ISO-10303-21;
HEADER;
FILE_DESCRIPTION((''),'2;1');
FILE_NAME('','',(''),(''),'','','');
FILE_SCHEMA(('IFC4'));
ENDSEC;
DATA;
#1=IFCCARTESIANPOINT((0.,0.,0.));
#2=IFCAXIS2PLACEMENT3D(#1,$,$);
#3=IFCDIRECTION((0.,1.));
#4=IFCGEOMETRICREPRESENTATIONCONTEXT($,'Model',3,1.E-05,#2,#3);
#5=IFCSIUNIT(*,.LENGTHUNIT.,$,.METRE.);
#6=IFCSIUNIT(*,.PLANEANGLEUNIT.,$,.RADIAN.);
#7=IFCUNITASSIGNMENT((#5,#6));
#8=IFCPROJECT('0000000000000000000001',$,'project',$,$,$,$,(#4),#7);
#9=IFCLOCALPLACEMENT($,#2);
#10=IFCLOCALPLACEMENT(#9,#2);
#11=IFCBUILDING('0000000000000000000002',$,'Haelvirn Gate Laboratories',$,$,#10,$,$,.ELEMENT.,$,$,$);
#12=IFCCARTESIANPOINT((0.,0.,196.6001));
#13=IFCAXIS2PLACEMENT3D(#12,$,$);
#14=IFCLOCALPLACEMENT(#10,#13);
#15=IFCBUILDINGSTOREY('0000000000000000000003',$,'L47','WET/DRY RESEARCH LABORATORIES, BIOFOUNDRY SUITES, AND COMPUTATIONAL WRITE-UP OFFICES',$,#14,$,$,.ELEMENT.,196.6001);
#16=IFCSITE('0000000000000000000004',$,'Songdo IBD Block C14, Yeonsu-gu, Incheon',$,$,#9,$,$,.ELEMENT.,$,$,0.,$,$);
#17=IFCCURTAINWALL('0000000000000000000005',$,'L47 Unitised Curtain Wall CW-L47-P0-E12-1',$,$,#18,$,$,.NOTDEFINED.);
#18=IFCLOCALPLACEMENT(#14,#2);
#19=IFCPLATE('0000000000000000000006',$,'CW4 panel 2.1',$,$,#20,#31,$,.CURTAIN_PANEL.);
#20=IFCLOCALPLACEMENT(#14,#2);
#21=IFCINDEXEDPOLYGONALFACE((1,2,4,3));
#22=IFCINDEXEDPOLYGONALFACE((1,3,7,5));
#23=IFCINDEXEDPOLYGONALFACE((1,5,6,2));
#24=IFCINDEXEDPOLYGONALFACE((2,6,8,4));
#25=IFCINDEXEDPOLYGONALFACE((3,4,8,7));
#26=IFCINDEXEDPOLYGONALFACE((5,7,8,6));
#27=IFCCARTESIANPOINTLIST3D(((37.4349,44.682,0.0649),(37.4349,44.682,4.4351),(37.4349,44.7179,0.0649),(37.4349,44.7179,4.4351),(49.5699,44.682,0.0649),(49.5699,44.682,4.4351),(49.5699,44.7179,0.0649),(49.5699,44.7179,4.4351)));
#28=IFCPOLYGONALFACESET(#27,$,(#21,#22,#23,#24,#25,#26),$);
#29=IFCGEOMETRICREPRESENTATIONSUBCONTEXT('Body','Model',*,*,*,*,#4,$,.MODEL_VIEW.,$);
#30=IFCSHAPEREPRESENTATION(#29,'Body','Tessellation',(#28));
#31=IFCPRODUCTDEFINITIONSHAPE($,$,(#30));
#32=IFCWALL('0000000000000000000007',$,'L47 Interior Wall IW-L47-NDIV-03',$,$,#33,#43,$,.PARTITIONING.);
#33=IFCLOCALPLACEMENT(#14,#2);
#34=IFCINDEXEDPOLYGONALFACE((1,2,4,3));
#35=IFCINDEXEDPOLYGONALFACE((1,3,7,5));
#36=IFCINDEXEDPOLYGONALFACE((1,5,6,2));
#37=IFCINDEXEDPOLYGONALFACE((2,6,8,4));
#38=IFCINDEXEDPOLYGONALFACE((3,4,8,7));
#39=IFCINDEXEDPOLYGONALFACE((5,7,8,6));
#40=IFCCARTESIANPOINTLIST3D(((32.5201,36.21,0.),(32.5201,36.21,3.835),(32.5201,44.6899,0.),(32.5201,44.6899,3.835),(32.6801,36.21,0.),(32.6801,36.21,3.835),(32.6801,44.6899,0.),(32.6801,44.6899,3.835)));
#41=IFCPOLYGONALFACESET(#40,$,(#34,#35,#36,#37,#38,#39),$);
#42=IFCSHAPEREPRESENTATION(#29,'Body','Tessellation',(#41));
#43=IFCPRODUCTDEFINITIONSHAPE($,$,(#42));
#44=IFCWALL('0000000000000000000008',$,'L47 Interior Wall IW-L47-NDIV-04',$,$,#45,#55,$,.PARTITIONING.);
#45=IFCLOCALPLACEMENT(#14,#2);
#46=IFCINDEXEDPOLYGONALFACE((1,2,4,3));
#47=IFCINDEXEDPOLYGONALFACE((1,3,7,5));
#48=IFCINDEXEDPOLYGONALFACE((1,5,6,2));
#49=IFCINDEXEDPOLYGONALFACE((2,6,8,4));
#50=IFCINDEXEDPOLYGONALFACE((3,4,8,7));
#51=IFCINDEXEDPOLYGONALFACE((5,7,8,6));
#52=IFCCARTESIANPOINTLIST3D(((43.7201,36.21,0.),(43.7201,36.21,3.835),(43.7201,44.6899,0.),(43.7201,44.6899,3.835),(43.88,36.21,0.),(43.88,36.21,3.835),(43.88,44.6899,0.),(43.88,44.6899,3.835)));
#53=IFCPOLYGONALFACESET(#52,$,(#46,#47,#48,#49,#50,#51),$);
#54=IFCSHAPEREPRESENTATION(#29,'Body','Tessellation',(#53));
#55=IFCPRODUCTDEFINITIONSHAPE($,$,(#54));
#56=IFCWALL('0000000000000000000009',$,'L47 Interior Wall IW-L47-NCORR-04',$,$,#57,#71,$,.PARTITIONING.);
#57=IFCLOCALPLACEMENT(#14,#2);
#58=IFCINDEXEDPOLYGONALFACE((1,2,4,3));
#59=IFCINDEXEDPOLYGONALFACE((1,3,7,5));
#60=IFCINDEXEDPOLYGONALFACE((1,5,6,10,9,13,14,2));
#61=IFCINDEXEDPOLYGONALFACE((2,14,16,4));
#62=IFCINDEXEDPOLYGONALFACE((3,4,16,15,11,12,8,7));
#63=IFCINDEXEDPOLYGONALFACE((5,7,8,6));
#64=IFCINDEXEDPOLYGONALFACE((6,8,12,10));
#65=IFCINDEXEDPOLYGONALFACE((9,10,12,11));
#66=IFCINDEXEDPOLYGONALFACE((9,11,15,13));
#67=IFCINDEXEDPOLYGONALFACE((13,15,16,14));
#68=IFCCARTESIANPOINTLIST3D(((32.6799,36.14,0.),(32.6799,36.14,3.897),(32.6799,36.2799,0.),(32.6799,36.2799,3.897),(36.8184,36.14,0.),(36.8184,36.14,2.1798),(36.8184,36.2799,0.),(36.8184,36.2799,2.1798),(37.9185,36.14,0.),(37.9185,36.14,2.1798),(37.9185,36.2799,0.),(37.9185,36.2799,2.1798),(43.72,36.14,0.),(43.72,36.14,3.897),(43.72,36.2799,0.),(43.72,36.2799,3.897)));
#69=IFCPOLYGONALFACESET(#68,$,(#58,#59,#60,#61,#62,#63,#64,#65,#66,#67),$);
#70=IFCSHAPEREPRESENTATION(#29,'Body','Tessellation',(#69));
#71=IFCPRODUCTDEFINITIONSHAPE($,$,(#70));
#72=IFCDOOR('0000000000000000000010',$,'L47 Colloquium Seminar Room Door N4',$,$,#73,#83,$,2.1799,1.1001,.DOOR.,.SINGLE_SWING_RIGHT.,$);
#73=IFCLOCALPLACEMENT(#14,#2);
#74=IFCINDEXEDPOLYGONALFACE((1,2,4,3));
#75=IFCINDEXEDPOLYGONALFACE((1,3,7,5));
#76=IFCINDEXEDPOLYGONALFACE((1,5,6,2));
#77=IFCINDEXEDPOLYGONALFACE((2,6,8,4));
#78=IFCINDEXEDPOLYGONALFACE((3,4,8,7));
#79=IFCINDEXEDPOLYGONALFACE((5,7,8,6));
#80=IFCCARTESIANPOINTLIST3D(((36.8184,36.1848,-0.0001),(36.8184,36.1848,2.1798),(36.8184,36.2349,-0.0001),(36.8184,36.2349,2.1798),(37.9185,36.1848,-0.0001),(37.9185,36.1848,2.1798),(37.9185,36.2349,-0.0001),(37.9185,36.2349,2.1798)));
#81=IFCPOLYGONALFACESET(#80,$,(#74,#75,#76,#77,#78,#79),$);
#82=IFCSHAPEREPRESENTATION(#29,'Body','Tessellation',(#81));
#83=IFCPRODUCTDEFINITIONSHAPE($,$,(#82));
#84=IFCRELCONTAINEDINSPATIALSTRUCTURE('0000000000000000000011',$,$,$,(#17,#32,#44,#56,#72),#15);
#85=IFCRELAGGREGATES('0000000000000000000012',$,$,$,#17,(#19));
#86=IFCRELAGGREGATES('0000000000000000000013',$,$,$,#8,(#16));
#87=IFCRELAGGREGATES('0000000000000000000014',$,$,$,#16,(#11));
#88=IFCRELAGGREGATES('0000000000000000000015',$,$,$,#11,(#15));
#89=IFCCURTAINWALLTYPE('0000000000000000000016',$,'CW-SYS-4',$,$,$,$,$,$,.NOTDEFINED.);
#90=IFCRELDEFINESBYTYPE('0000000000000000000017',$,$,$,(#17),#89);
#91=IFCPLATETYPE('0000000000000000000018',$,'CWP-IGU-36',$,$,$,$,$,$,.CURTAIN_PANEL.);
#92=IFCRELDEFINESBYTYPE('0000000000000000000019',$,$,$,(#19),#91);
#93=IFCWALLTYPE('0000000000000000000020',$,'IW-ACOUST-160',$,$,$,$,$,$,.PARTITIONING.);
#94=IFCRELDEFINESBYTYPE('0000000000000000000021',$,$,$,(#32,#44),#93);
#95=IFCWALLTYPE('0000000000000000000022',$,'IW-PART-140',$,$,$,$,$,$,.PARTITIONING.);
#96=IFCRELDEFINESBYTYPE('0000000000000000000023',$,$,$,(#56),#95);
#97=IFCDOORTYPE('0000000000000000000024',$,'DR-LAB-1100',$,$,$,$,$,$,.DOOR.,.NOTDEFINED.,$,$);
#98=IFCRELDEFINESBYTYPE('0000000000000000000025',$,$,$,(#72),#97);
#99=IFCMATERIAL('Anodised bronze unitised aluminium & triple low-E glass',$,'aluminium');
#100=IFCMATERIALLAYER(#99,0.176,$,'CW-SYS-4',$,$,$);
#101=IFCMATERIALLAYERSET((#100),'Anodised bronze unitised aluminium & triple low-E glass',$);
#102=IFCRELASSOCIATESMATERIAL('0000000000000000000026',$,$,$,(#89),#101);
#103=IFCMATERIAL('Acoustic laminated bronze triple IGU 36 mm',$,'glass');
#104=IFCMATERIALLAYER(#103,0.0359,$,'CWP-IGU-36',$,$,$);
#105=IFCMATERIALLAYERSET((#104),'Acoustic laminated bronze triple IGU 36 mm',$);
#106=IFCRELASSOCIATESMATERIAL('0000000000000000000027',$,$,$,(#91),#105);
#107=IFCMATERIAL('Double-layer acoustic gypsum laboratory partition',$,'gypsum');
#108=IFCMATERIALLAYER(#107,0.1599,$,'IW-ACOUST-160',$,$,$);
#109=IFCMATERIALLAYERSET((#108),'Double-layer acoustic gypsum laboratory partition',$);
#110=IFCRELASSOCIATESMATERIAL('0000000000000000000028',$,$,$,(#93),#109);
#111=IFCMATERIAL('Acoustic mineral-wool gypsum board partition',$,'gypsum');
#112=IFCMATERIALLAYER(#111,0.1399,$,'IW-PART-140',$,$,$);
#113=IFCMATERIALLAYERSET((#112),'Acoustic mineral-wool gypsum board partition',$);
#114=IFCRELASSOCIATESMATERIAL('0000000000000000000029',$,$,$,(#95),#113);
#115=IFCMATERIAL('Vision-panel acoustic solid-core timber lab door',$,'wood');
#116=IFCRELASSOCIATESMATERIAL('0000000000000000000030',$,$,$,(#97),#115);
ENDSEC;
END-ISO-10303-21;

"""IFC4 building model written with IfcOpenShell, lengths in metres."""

from ifc_helpers import new_model, si_unit, direction, frame, frame_2d, origin, origin_2d, place, context, subcontext, project, spatial, rectangle, extrude, source, transform, mapped, material, layer, layer_set, type_object, type_shapes, element, fill, aggregate, save


model = new_model("IFC4")

# Units and contexts
model_context = context("Model", 3, precision=1e-05, world=origin(), true_north=direction((0.0, 1.0)))
body_context = subcontext(model_context, "Body", "Model", "MODEL_VIEW")
ifc_project = project(units=[si_unit("LENGTHUNIT", "METRE"), si_unit("PLANEANGLEUNIT", "RADIAN")], contexts=[model_context])

# Site, building, storey
site_placement = place(None, origin())
site = spatial("IfcSite", under=ifc_project, at=site_placement, Name="Songdo IBD Block C14, Yeonsu-gu, Incheon", CompositionType="ELEMENT", RefElevation=0.0)
building_placement = place(site_placement, origin())
building = spatial("IfcBuilding", under=site, at=building_placement, Name="Haelvirn Gate Laboratories", CompositionType="ELEMENT")
storey_placement = place(building_placement, frame((0.0, 0.0, 196.6001)))
storey = spatial("IfcBuildingStorey", under=building, at=storey_placement, Name="L47", Description="WET/DRY RESEARCH LABORATORIES, BIOFOUNDRY SUITES, AND COMPUTATIONAL WRITE-UP OFFICES", CompositionType="ELEMENT", Elevation=196.6001)

# Curtain wall, plate
ifc_material_1 = material(Name="Anodised bronze unitised aluminium & triple low-E glass", Category="aluminium")
ifc_layer_1 = layer(ifc_material_1, 0.176, Name="CW-SYS-4")
ifc_layer_set_1 = layer_set([ifc_layer_1], Name="Anodised bronze unitised aluminium & triple low-E glass")
curtain_wall_type = type_object("IfcCurtainWallType", Name="CW-SYS-4", PredefinedType="NOTDEFINED", material=ifc_layer_set_1)
curtain_wall_placement = place(storey_placement, origin())
curtain_wall = element("IfcCurtainWall", 1, at=curtain_wall_placement, inside=storey, type_object=curtain_wall_type, Name="L47 Unitised Curtain Wall CW-L47-P0-E12-1", PredefinedType="NOTDEFINED")
ifc_material_2 = material(Name="Acoustic laminated bronze triple IGU 36 mm", Category="glass")
ifc_layer_2 = layer(ifc_material_2, 0.0359, Name="CWP-IGU-36")
ifc_layer_set_2 = layer_set([ifc_layer_2], Name="Acoustic laminated bronze triple IGU 36 mm")
plate_type = type_object("IfcPlateType", Name="CWP-IGU-36", PredefinedType="CURTAIN_PANEL", material=ifc_layer_set_2)
shared_shape_1 = source(origin(), body_context, "Body", "SweptSolid", [
    extrude(rectangle(XDim=12.135, YDim=0.0359, at=origin_2d()), origin(), (0.0, 0.0, 1.0), 4.3701),
])
type_shapes(plate_type, [shared_shape_1])
plate_1_placement = place(storey_placement, frame((43.5024, 44.7, 0.0649), z_axis=(0.0, 0.0, 1.0), x_axis=(1.0, 0.0, 0.0)))
plate_1 = element("IfcPlate", 2, at=plate_1_placement, type_object=plate_type, Name="CW4 panel 2.1", PredefinedType="CURTAIN_PANEL", context=body_context, shape_type="MappedRepresentation", body=[
    mapped(shared_shape_1, transform((0.0, 0.0, 0.0), scale=1.0)),
])
aggregate(curtain_wall, [plate_1])

# Walls
ifc_material_3 = material(Name="Double-layer acoustic gypsum laboratory partition", Category="gypsum")
ifc_layer_3 = layer(ifc_material_3, 0.1599, Name="IW-ACOUST-160")
ifc_layer_set_3 = layer_set([ifc_layer_3], Name="Double-layer acoustic gypsum laboratory partition")
wall_type_1 = type_object("IfcWallType", Name="IW-ACOUST-160", PredefinedType="PARTITIONING", material=ifc_layer_set_3)
for number, where, z_axis, x_axis, name in (
    (3, (32.6001, 36.21, 0.0), (0.0, 0.0, 1.0), (0.0, 1.0, 0.0), "L47 Interior Wall IW-L47-NDIV-03"),
    (4, (43.8, 36.21, 0.0), (0.0, 0.0, 1.0), (0.0, 1.0, 0.0), "L47 Interior Wall IW-L47-NDIV-04"),
):
    element("IfcWall", number, at=place(storey_placement, frame(where, z_axis=z_axis, x_axis=x_axis)), inside=storey, type_object=wall_type_1, Name=name, PredefinedType="PARTITIONING", context=body_context, shape_type="SweptSolid", body=[
        extrude(rectangle(XDim=8.48, YDim=0.1599, at=frame_2d((4.24, 0.0))), origin(), (0.0, 0.0, 1.0), 3.835),
    ])

# Wall, opening, door
ifc_material_4 = material(Name="Acoustic mineral-wool gypsum board partition", Category="gypsum")
ifc_layer_4 = layer(ifc_material_4, 0.1399, Name="IW-PART-140")
ifc_layer_set_4 = layer_set([ifc_layer_4], Name="Acoustic mineral-wool gypsum board partition")
wall_type_2 = type_object("IfcWallType", Name="IW-PART-140", PredefinedType="PARTITIONING", material=ifc_layer_set_4)
wall_placement = place(storey_placement, frame((32.6799, 36.21, 0.0), z_axis=(0.0, 0.0, 1.0), x_axis=(1.0, 0.0, 0.0)))
wall = element("IfcWall", 5, at=wall_placement, inside=storey, type_object=wall_type_2, Name="L47 Interior Wall IW-L47-NCORR-04", PredefinedType="PARTITIONING", context=body_context, shape_type="SweptSolid", body=[
    extrude(rectangle(XDim=11.04, YDim=0.1399, at=frame_2d((5.52, 0.0))), origin(), (0.0, 0.0, 1.0), 3.897),
])
opening_placement = place(wall_placement, frame((4.1384, 0.0, 0.0)))
opening = element("IfcOpeningElement", 6, at=opening_placement, cuts=wall, PredefinedType="OPENING", context=body_context, shape_type="SweptSolid", body=[
    extrude(rectangle(XDim=1.1001, YDim=2.1799, at=frame_2d((0.55, 1.0898))), frame((0.0, 0.0801, 0.0), z_axis=(0.0, -1.0, 0.0), x_axis=(1.0, 0.0, 0.0)), (0.0, 0.0, 1.0), 0.1599),
])
ifc_material_5 = material(Name="Vision-panel acoustic solid-core timber lab door", Category="wood")
door_type = type_object("IfcDoorType", Name="DR-LAB-1100", OperationType="NOTDEFINED", PredefinedType="DOOR", material=ifc_material_5)
shared_shape_2 = source(origin(), body_context, "Body", "SweptSolid", [
    extrude(rectangle(XDim=1.1001, YDim=2.1799, at=frame_2d((0.55, 1.0898))), frame((0.0, 0.0249, 0.0), z_axis=(0.0, -1.0, 0.0), x_axis=(1.0, 0.0, 0.0)), (0.0, 0.0, 1.0), 0.05),
])
type_shapes(door_type, [shared_shape_2])
door_placement = place(opening_placement, origin())
door = element("IfcDoor", 7, at=door_placement, inside=storey, type_object=door_type, Name="L47 Colloquium Seminar Room Door N4", OperationType="SINGLE_SWING_RIGHT", OverallHeight=2.1799, OverallWidth=1.1001, PredefinedType="DOOR", context=body_context, shape_type="MappedRepresentation", body=[
    mapped(shared_shape_2, transform((0.0, 0.0, 0.0), scale=1.0)),
])
fill(opening, door)

save(model, "model.ifc")
